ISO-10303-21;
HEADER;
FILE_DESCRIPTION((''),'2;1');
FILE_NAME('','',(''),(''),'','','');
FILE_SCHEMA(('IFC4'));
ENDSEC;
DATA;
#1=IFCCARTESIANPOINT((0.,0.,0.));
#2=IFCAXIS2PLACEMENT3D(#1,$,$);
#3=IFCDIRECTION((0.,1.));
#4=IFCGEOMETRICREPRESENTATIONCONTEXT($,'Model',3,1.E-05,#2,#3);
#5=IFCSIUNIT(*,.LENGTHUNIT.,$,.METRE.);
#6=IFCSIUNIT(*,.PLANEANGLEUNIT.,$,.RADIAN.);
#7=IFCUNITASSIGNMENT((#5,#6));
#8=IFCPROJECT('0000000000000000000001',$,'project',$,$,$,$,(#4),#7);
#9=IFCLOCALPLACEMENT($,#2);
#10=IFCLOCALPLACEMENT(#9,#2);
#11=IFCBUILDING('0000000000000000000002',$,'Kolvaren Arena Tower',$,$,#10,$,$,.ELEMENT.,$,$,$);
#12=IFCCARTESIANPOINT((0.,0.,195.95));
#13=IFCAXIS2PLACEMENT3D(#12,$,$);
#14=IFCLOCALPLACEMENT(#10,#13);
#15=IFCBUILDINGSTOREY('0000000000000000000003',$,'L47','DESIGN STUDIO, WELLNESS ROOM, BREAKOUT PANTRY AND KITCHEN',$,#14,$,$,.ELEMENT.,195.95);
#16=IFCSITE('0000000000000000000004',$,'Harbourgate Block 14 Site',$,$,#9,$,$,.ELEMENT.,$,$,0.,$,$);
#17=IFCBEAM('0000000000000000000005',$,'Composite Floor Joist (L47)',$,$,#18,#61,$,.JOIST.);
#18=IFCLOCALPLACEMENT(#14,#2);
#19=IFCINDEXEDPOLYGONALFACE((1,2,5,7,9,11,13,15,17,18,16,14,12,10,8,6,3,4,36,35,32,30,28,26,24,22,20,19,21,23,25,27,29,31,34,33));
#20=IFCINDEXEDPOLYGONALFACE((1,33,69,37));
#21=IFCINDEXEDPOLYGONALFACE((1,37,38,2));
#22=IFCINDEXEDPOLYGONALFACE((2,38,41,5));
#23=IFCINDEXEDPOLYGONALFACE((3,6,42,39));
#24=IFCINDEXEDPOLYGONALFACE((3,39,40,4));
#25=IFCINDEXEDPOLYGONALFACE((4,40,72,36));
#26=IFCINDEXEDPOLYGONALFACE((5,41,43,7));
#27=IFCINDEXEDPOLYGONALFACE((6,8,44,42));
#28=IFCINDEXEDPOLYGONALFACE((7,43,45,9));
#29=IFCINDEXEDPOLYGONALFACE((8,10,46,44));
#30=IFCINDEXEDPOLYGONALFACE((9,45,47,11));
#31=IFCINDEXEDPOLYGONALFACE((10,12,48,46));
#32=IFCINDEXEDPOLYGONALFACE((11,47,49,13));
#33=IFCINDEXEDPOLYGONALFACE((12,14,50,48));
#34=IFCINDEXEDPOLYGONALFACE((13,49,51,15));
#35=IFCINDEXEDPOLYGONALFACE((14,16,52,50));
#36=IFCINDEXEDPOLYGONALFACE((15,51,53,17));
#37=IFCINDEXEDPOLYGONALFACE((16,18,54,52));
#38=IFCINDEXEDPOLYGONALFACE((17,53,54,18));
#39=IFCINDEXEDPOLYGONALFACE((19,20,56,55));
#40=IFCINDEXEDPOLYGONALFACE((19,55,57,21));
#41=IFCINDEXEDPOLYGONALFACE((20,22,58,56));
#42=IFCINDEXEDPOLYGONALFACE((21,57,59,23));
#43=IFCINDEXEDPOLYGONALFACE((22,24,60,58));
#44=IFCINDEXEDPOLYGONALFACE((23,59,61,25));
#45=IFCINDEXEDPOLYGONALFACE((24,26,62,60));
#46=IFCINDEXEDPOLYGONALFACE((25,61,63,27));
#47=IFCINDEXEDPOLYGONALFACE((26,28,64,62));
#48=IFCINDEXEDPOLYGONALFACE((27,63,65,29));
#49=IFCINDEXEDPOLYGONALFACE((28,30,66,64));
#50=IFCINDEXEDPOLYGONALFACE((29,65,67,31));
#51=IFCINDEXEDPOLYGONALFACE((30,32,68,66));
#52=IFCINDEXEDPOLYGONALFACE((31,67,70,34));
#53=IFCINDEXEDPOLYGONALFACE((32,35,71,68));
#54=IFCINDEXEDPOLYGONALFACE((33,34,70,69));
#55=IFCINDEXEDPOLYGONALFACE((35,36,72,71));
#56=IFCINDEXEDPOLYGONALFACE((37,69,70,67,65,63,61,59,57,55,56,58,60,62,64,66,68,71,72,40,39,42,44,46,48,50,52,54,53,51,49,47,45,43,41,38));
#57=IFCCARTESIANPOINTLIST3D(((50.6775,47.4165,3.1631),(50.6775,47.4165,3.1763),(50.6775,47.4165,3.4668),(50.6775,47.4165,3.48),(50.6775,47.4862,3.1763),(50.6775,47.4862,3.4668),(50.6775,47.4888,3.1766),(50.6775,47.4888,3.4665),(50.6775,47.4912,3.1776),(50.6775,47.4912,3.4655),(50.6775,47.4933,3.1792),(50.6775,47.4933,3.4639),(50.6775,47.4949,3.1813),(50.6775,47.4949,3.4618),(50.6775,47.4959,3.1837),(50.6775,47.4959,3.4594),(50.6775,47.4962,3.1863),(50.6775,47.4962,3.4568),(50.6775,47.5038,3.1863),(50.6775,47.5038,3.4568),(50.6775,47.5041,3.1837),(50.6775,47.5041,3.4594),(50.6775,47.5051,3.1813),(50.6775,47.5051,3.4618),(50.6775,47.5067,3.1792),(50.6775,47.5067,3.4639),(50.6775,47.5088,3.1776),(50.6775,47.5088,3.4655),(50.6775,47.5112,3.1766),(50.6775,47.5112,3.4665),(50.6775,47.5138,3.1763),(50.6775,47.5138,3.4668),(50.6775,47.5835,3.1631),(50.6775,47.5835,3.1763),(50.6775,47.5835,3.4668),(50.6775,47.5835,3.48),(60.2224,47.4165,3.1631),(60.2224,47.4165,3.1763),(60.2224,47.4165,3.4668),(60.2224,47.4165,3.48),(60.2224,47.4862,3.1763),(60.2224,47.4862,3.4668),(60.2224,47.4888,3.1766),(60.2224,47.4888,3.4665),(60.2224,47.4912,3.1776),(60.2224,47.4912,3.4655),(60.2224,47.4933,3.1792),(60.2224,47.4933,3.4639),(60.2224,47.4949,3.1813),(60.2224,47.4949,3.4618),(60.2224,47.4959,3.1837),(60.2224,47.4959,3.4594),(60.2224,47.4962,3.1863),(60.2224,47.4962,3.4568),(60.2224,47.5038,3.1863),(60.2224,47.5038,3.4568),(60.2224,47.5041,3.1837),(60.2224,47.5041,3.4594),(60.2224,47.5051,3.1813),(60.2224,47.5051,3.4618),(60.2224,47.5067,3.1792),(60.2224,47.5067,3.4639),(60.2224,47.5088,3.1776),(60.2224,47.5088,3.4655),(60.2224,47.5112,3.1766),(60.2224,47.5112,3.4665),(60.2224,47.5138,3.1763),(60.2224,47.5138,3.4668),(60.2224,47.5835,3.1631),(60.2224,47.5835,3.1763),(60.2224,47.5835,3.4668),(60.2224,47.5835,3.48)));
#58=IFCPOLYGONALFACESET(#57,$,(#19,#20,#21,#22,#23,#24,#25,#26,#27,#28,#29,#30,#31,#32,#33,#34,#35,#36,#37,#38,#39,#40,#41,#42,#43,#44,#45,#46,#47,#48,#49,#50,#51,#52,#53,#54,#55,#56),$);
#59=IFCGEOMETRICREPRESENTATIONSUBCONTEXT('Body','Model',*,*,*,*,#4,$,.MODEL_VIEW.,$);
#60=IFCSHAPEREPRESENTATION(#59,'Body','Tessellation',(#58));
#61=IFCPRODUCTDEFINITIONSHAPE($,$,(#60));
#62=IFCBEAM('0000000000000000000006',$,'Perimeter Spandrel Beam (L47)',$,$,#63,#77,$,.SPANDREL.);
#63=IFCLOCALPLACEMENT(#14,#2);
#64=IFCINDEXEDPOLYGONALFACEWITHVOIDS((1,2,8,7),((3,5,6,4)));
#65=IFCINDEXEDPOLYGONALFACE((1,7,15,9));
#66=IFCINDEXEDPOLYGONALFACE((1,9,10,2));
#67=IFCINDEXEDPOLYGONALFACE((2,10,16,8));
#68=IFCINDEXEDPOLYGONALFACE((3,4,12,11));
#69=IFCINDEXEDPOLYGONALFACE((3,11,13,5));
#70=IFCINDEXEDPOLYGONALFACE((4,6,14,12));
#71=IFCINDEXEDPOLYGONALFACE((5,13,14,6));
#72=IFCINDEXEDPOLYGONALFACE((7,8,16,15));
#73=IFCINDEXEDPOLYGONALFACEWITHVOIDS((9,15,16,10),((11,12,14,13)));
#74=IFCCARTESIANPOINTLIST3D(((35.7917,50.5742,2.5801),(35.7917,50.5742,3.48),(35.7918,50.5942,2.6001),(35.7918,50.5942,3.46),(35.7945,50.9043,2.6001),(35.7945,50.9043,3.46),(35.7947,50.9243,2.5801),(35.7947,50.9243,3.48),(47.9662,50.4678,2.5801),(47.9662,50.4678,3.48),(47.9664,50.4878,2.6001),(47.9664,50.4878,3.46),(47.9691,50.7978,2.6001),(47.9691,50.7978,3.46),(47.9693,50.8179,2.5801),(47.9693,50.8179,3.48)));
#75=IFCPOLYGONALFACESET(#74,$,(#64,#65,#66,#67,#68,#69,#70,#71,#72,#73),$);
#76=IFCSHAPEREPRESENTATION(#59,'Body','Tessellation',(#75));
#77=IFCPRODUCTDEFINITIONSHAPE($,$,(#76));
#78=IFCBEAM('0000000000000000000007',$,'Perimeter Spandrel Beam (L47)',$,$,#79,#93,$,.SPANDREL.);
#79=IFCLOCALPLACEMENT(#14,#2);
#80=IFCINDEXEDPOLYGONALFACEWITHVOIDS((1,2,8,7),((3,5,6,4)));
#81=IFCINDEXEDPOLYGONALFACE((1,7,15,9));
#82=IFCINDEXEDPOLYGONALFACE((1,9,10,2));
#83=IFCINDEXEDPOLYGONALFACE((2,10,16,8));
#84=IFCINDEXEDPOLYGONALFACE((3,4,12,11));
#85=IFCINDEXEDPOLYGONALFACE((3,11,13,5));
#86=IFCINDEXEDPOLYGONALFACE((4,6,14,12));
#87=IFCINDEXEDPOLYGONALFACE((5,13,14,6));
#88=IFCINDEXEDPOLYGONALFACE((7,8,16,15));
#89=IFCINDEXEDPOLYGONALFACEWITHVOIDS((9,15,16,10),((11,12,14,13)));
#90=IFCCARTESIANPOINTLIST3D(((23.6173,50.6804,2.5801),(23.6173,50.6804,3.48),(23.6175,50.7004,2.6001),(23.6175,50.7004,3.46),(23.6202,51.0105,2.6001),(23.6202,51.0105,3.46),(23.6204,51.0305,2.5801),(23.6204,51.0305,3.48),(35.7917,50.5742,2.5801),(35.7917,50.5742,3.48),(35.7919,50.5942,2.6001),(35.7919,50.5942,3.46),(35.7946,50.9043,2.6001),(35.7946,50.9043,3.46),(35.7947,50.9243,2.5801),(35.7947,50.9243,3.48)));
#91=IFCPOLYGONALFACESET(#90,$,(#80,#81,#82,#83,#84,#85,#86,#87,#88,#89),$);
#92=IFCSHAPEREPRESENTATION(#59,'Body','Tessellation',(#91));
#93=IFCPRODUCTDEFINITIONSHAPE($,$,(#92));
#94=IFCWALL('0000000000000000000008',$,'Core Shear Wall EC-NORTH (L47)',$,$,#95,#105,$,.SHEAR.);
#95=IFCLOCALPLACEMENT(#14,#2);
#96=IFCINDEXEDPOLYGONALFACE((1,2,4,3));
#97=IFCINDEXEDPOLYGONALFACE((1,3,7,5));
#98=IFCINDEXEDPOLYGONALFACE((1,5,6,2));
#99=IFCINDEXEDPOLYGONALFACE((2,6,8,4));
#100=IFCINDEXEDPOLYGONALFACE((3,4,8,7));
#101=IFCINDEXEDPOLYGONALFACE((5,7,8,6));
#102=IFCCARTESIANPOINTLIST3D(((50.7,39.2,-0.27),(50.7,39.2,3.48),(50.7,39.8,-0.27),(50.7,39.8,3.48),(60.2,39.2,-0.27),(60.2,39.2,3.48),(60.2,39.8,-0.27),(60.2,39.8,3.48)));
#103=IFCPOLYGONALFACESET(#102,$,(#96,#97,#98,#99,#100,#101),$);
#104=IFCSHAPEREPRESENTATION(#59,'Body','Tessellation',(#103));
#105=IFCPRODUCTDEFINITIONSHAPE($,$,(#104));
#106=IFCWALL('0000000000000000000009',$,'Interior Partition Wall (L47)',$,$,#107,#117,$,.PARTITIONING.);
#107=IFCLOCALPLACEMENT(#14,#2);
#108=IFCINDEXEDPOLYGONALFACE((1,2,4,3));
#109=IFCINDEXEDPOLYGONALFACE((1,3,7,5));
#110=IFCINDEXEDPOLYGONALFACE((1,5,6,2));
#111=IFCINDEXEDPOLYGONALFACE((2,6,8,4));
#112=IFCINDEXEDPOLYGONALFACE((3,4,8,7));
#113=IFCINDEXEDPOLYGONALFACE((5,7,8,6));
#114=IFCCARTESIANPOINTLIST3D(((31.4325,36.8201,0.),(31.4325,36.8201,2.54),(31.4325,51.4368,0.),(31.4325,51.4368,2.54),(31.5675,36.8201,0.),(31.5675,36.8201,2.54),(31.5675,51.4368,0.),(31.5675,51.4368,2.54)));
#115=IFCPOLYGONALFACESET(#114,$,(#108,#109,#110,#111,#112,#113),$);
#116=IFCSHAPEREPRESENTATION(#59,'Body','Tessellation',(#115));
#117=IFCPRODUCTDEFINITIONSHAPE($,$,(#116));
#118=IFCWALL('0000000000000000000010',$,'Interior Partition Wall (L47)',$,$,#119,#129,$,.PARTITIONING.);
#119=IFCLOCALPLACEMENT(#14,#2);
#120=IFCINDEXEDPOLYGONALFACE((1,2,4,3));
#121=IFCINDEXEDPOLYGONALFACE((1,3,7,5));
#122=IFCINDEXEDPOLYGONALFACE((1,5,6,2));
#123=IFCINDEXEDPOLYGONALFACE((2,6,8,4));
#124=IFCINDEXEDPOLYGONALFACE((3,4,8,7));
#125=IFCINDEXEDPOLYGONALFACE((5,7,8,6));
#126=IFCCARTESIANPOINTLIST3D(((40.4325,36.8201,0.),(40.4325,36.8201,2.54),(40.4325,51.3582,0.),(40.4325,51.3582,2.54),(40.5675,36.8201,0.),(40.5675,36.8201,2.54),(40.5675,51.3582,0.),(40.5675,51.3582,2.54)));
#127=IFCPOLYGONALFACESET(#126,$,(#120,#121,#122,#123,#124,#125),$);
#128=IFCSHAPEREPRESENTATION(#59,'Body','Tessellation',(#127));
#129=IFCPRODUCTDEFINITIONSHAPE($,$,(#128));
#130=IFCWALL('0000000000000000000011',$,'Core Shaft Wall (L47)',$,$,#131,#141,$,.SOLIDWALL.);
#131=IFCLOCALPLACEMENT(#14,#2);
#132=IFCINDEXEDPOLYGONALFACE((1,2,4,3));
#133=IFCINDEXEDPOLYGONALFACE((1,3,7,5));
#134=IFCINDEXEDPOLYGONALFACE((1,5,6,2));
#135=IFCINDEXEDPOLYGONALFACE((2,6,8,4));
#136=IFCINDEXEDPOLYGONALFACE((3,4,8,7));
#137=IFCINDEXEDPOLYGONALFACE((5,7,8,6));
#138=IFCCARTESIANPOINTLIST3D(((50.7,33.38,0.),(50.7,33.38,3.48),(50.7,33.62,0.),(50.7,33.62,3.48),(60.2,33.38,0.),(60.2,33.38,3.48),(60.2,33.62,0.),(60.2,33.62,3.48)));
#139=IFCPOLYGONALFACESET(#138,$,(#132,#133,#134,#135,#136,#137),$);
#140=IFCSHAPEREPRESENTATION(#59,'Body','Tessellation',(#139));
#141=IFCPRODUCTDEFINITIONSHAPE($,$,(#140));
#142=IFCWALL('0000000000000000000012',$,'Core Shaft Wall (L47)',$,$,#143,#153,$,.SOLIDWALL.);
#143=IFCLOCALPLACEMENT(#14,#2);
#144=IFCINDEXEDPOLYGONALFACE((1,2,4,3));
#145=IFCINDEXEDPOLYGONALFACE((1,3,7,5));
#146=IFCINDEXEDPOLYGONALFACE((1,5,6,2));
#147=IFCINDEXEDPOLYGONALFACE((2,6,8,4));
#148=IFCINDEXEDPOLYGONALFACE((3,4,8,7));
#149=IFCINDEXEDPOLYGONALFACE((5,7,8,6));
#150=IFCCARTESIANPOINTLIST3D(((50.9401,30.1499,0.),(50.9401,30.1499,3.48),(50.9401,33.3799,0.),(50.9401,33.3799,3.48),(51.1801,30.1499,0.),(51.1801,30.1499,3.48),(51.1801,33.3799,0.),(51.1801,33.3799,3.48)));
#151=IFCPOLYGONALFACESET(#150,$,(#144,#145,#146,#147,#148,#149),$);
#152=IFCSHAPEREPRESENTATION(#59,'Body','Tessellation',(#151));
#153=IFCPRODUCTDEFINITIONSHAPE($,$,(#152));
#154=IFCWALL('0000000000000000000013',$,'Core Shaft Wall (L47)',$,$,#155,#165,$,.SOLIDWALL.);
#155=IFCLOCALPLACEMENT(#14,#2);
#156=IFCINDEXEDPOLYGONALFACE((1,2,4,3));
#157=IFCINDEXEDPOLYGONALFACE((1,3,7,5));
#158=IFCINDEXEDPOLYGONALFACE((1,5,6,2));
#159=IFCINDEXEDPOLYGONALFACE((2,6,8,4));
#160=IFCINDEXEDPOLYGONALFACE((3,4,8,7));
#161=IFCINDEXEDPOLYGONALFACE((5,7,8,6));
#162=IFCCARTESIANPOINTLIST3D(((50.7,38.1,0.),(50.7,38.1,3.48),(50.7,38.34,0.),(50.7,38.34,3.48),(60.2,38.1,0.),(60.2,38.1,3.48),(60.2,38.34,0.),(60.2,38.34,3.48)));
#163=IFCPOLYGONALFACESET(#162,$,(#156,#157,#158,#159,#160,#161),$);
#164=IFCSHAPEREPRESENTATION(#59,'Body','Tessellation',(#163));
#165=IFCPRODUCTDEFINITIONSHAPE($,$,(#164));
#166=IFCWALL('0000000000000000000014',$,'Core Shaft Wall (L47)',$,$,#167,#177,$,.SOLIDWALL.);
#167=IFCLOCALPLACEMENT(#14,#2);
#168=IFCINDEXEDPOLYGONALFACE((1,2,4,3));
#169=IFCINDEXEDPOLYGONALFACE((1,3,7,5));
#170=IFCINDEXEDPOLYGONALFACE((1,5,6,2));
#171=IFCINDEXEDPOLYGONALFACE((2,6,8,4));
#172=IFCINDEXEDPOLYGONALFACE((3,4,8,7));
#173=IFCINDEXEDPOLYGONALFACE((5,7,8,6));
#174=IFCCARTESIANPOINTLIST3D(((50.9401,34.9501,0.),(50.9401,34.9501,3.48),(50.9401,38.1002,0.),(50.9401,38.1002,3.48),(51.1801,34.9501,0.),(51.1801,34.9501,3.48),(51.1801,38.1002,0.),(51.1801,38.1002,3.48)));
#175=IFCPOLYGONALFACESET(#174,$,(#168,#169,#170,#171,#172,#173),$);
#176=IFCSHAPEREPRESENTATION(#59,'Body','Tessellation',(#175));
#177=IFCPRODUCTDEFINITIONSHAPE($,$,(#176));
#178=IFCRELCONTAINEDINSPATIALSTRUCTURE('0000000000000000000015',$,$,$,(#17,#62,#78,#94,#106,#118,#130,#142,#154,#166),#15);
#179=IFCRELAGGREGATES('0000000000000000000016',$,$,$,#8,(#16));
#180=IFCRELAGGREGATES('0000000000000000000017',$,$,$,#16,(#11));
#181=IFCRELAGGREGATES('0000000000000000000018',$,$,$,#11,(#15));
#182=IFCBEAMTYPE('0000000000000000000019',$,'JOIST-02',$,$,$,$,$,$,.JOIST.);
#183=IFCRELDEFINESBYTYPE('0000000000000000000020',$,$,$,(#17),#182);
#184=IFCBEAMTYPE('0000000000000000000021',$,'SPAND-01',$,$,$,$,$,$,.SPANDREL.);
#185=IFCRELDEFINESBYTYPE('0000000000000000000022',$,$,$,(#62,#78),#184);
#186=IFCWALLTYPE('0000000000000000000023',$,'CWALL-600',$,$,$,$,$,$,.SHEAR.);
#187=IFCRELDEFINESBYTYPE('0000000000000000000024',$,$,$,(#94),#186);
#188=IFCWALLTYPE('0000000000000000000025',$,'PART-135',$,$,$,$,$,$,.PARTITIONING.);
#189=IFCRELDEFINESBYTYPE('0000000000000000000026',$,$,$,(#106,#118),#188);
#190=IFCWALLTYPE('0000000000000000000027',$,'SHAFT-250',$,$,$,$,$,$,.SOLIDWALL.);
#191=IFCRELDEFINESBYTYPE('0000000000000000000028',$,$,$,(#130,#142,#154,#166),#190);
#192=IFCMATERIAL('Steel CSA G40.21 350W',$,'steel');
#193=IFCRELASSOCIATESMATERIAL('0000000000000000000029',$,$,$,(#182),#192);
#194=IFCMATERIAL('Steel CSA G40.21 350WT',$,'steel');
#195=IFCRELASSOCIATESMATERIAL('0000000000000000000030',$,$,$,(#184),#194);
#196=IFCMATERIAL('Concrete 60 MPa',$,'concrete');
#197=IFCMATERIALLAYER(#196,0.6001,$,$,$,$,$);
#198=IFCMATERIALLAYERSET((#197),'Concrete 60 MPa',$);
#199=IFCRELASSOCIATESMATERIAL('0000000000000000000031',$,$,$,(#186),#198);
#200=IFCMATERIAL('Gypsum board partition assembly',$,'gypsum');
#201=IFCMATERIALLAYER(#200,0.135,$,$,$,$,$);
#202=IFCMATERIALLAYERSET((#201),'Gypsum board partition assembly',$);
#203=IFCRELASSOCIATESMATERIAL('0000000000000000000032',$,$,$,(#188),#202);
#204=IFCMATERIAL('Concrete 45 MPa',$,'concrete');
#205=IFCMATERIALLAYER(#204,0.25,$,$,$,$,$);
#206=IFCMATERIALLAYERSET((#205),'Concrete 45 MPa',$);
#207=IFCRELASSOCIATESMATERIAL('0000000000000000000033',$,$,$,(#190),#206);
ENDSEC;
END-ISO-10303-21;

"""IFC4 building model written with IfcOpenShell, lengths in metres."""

from ifc_helpers import new_model, si_unit, direction, frame, frame_2d, origin, origin_2d, place, context, subcontext, project, spatial, rectangle, hollow_rectangle, i_section, extrude, material, layer, layer_set, material_profile, profile_set, type_object, element, save


model = new_model("IFC4")

# Units and contexts
model_context = context("Model", 3, precision=1e-05, world=origin(), true_north=direction((0.0, 1.0)))
body_context = subcontext(model_context, "Body", "Model", "MODEL_VIEW")
ifc_project = project(units=[si_unit("LENGTHUNIT", "METRE"), si_unit("PLANEANGLEUNIT", "RADIAN")], contexts=[model_context])

# Site, building, storey
site_placement = place(None, origin())
site = spatial("IfcSite", under=ifc_project, at=site_placement, Name="Harbourgate Block 14 Site", CompositionType="ELEMENT", RefElevation=0.0)
building_placement = place(site_placement, origin())
building = spatial("IfcBuilding", under=site, at=building_placement, Name="Kolvaren Arena Tower", CompositionType="ELEMENT")
storey_placement = place(building_placement, frame((0.0, 0.0, 195.95)))
storey = spatial("IfcBuildingStorey", under=building, at=storey_placement, Name="L47", Description="DESIGN STUDIO, WELLNESS ROOM, BREAKOUT PANTRY AND KITCHEN", CompositionType="ELEMENT", Elevation=195.95)

# Beams
ifc_material_1 = material(Name="Steel CSA G40.21 350W", Category="steel")
ifc_material_2 = material(Name="Concrete 60 MPa", Category="concrete")
ifc_material_profile_1 = material_profile(ifc_material_1, i_section(OverallWidth=0.167, OverallDepth=0.3169, WebThickness=0.0076, FlangeThickness=0.0132, FilletRadius=0.01, at=origin_2d()), Name="W310x52")
ifc_profile_set_1 = profile_set([ifc_material_profile_1], Name="Steel CSA G40.21 350W")
beam_type_1 = type_object("IfcBeamType", Name="JOIST-02", PredefinedType="JOIST", material=ifc_profile_set_1)
beam_1_placement = place(storey_placement, frame((50.6775, 47.5, 3.3215), z_axis=(1.0, 0.0, 0.0), x_axis=(0.0, 1.0, 0.0)))
element("IfcBeam", 1, at=beam_1_placement, inside=storey, type_object=beam_type_1, Name="Composite Floor Joist (L47)", PredefinedType="JOIST", context=body_context, shape_type="SweptSolid", body=[
    extrude(i_section(OverallWidth=0.167, OverallDepth=0.3169, WebThickness=0.0076, FlangeThickness=0.0132, FilletRadius=0.01, at=origin_2d()), origin(), (0.0, 0.0, 1.0), 9.5449),
])
ifc_material_3 = material(Name="Steel CSA G40.21 350WT", Category="steel")
ifc_material_profile_2 = material_profile(ifc_material_3, hollow_rectangle(XDim=0.3501, YDim=0.8999, WallThickness=0.02, at=origin_2d()), Name="HSS 900x350x20")
ifc_profile_set_2 = profile_set([ifc_material_profile_2], Name="Steel CSA G40.21 350WT")
beam_type_2 = type_object("IfcBeamType", Name="SPAND-01", PredefinedType="SPANDREL", material=ifc_profile_set_2)
beam_2_placement = place(storey_placement, frame((47.9678, 50.6428, 3.03), z_axis=(-0.999962, 0.008743, 0.0), x_axis=(-0.008743, -0.999962, 0.0)))
element("IfcBeam", 2, at=beam_2_placement, inside=storey, type_object=beam_type_2, Name="Perimeter Spandrel Beam (L47)", PredefinedType="SPANDREL", context=body_context, shape_type="SweptSolid", body=[
    extrude(hollow_rectangle(XDim=0.3501, YDim=0.8999, WallThickness=0.02, at=origin_2d()), origin(), (0.0, 0.0, 1.0), 12.175),
])
beam_3_placement = place(storey_placement, frame((35.7932, 50.7493, 3.03), z_axis=(-0.999962, 0.008723, 0.0), x_axis=(-0.008723, -0.999962, 0.0)))
element("IfcBeam", 3, at=beam_3_placement, inside=storey, type_object=beam_type_2, Name="Perimeter Spandrel Beam (L47)", PredefinedType="SPANDREL", context=body_context, shape_type="SweptSolid", body=[
    extrude(hollow_rectangle(XDim=0.3501, YDim=0.8999, WallThickness=0.02, at=origin_2d()), origin(), (0.0, 0.0, 1.0), 12.1748),
])

# Walls
ifc_layer_1 = layer(ifc_material_2, 0.6001)
ifc_layer_set_1 = layer_set([ifc_layer_1], Name="Concrete 60 MPa")
wall_type_1 = type_object("IfcWallType", Name="CWALL-600", PredefinedType="SHEAR", material=ifc_layer_set_1)
wall_1_placement = place(storey_placement, frame((50.7, 39.5, -0.27), z_axis=(0.0, 0.0, 1.0), x_axis=(1.0, 0.0, 0.0)))
element("IfcWall", 4, at=wall_1_placement, inside=storey, type_object=wall_type_1, Name="Core Shear Wall EC-NORTH (L47)", PredefinedType="SHEAR", context=body_context, shape_type="SweptSolid", body=[
    extrude(rectangle(XDim=9.5, YDim=0.6001, at=frame_2d((4.75, 0.0))), origin(), (0.0, 0.0, 1.0), 3.75),
])
ifc_material_4 = material(Name="Gypsum board partition assembly", Category="gypsum")
ifc_layer_2 = layer(ifc_material_4, 0.135)
ifc_layer_set_2 = layer_set([ifc_layer_2], Name="Gypsum board partition assembly")
wall_type_2 = type_object("IfcWallType", Name="PART-135", PredefinedType="PARTITIONING", material=ifc_layer_set_2)
wall_2_placement = place(storey_placement, frame((31.5, 36.8201, 0.0), z_axis=(0.0, 0.0, 1.0), x_axis=(0.0, 1.0, 0.0)))
element("IfcWall", 5, at=wall_2_placement, inside=storey, type_object=wall_type_2, Name="Interior Partition Wall (L47)", PredefinedType="PARTITIONING", context=body_context, shape_type="SweptSolid", body=[
    extrude(rectangle(XDim=14.6167, YDim=0.135, at=frame_2d((7.3083, 0.0))), origin(), (0.0, 0.0, 1.0), 2.54),
])
wall_3_placement = place(storey_placement, frame((40.5, 36.8201, 0.0), z_axis=(0.0, 0.0, 1.0), x_axis=(0.0, 1.0, 0.0)))
element("IfcWall", 6, at=wall_3_placement, inside=storey, type_object=wall_type_2, Name="Interior Partition Wall (L47)", PredefinedType="PARTITIONING", context=body_context, shape_type="SweptSolid", body=[
    extrude(rectangle(XDim=14.5381, YDim=0.135, at=frame_2d((7.269, 0.0))), origin(), (0.0, 0.0, 1.0), 2.54),
])
ifc_material_5 = material(Name="Concrete 45 MPa", Category="concrete")
ifc_layer_3 = layer(ifc_material_5, 0.25)
ifc_layer_set_3 = layer_set([ifc_layer_3], Name="Concrete 45 MPa")
wall_type_3 = type_object("IfcWallType", Name="SHAFT-250", PredefinedType="SOLIDWALL", material=ifc_layer_set_3)
wall_4_placement = place(storey_placement, frame((50.7, 33.5, 0.0), z_axis=(0.0, 0.0, 1.0), x_axis=(1.0, 0.0, 0.0)))
element("IfcWall", 7, at=wall_4_placement, inside=storey, type_object=wall_type_3, Name="Core Shaft Wall (L47)", PredefinedType="SOLIDWALL", context=body_context, shape_type="SweptSolid", body=[
    extrude(rectangle(XDim=9.5, YDim=0.24, at=frame_2d((4.75, 0.0))), origin(), (0.0, 0.0, 1.0), 3.48),
])
wall_5_placement = place(storey_placement, frame((51.0601, 30.1499, 0.0), z_axis=(0.0, 0.0, 1.0), x_axis=(0.0, 1.0, 0.0)))
element("IfcWall", 8, at=wall_5_placement, inside=storey, type_object=wall_type_3, Name="Core Shaft Wall (L47)", PredefinedType="SOLIDWALL", context=body_context, shape_type="SweptSolid", body=[
    extrude(rectangle(XDim=3.23, YDim=0.24, at=frame_2d((1.615, 0.0))), origin(), (0.0, 0.0, 1.0), 3.48),
])
wall_6_placement = place(storey_placement, frame((50.7, 38.22, 0.0), z_axis=(0.0, 0.0, 1.0), x_axis=(1.0, 0.0, 0.0)))
element("IfcWall", 9, at=wall_6_placement, inside=storey, type_object=wall_type_3, Name="Core Shaft Wall (L47)", PredefinedType="SOLIDWALL", context=body_context, shape_type="SweptSolid", body=[
    extrude(rectangle(XDim=9.5, YDim=0.24, at=frame_2d((4.75, 0.0))), origin(), (0.0, 0.0, 1.0), 3.48),
])
wall_7_placement = place(storey_placement, frame((51.0601, 34.95, 0.0), z_axis=(0.0, 0.0, 1.0), x_axis=(0.0, 1.0, 0.0)))
element("IfcWall", 10, at=wall_7_placement, inside=storey, type_object=wall_type_3, Name="Core Shaft Wall (L47)", PredefinedType="SOLIDWALL", context=body_context, shape_type="SweptSolid", body=[
    extrude(rectangle(XDim=3.1501, YDim=0.24, at=frame_2d((1.5752, 0.0))), origin(), (0.0, 0.0, 1.0), 3.48),
])

save(model, "model.ifc")
